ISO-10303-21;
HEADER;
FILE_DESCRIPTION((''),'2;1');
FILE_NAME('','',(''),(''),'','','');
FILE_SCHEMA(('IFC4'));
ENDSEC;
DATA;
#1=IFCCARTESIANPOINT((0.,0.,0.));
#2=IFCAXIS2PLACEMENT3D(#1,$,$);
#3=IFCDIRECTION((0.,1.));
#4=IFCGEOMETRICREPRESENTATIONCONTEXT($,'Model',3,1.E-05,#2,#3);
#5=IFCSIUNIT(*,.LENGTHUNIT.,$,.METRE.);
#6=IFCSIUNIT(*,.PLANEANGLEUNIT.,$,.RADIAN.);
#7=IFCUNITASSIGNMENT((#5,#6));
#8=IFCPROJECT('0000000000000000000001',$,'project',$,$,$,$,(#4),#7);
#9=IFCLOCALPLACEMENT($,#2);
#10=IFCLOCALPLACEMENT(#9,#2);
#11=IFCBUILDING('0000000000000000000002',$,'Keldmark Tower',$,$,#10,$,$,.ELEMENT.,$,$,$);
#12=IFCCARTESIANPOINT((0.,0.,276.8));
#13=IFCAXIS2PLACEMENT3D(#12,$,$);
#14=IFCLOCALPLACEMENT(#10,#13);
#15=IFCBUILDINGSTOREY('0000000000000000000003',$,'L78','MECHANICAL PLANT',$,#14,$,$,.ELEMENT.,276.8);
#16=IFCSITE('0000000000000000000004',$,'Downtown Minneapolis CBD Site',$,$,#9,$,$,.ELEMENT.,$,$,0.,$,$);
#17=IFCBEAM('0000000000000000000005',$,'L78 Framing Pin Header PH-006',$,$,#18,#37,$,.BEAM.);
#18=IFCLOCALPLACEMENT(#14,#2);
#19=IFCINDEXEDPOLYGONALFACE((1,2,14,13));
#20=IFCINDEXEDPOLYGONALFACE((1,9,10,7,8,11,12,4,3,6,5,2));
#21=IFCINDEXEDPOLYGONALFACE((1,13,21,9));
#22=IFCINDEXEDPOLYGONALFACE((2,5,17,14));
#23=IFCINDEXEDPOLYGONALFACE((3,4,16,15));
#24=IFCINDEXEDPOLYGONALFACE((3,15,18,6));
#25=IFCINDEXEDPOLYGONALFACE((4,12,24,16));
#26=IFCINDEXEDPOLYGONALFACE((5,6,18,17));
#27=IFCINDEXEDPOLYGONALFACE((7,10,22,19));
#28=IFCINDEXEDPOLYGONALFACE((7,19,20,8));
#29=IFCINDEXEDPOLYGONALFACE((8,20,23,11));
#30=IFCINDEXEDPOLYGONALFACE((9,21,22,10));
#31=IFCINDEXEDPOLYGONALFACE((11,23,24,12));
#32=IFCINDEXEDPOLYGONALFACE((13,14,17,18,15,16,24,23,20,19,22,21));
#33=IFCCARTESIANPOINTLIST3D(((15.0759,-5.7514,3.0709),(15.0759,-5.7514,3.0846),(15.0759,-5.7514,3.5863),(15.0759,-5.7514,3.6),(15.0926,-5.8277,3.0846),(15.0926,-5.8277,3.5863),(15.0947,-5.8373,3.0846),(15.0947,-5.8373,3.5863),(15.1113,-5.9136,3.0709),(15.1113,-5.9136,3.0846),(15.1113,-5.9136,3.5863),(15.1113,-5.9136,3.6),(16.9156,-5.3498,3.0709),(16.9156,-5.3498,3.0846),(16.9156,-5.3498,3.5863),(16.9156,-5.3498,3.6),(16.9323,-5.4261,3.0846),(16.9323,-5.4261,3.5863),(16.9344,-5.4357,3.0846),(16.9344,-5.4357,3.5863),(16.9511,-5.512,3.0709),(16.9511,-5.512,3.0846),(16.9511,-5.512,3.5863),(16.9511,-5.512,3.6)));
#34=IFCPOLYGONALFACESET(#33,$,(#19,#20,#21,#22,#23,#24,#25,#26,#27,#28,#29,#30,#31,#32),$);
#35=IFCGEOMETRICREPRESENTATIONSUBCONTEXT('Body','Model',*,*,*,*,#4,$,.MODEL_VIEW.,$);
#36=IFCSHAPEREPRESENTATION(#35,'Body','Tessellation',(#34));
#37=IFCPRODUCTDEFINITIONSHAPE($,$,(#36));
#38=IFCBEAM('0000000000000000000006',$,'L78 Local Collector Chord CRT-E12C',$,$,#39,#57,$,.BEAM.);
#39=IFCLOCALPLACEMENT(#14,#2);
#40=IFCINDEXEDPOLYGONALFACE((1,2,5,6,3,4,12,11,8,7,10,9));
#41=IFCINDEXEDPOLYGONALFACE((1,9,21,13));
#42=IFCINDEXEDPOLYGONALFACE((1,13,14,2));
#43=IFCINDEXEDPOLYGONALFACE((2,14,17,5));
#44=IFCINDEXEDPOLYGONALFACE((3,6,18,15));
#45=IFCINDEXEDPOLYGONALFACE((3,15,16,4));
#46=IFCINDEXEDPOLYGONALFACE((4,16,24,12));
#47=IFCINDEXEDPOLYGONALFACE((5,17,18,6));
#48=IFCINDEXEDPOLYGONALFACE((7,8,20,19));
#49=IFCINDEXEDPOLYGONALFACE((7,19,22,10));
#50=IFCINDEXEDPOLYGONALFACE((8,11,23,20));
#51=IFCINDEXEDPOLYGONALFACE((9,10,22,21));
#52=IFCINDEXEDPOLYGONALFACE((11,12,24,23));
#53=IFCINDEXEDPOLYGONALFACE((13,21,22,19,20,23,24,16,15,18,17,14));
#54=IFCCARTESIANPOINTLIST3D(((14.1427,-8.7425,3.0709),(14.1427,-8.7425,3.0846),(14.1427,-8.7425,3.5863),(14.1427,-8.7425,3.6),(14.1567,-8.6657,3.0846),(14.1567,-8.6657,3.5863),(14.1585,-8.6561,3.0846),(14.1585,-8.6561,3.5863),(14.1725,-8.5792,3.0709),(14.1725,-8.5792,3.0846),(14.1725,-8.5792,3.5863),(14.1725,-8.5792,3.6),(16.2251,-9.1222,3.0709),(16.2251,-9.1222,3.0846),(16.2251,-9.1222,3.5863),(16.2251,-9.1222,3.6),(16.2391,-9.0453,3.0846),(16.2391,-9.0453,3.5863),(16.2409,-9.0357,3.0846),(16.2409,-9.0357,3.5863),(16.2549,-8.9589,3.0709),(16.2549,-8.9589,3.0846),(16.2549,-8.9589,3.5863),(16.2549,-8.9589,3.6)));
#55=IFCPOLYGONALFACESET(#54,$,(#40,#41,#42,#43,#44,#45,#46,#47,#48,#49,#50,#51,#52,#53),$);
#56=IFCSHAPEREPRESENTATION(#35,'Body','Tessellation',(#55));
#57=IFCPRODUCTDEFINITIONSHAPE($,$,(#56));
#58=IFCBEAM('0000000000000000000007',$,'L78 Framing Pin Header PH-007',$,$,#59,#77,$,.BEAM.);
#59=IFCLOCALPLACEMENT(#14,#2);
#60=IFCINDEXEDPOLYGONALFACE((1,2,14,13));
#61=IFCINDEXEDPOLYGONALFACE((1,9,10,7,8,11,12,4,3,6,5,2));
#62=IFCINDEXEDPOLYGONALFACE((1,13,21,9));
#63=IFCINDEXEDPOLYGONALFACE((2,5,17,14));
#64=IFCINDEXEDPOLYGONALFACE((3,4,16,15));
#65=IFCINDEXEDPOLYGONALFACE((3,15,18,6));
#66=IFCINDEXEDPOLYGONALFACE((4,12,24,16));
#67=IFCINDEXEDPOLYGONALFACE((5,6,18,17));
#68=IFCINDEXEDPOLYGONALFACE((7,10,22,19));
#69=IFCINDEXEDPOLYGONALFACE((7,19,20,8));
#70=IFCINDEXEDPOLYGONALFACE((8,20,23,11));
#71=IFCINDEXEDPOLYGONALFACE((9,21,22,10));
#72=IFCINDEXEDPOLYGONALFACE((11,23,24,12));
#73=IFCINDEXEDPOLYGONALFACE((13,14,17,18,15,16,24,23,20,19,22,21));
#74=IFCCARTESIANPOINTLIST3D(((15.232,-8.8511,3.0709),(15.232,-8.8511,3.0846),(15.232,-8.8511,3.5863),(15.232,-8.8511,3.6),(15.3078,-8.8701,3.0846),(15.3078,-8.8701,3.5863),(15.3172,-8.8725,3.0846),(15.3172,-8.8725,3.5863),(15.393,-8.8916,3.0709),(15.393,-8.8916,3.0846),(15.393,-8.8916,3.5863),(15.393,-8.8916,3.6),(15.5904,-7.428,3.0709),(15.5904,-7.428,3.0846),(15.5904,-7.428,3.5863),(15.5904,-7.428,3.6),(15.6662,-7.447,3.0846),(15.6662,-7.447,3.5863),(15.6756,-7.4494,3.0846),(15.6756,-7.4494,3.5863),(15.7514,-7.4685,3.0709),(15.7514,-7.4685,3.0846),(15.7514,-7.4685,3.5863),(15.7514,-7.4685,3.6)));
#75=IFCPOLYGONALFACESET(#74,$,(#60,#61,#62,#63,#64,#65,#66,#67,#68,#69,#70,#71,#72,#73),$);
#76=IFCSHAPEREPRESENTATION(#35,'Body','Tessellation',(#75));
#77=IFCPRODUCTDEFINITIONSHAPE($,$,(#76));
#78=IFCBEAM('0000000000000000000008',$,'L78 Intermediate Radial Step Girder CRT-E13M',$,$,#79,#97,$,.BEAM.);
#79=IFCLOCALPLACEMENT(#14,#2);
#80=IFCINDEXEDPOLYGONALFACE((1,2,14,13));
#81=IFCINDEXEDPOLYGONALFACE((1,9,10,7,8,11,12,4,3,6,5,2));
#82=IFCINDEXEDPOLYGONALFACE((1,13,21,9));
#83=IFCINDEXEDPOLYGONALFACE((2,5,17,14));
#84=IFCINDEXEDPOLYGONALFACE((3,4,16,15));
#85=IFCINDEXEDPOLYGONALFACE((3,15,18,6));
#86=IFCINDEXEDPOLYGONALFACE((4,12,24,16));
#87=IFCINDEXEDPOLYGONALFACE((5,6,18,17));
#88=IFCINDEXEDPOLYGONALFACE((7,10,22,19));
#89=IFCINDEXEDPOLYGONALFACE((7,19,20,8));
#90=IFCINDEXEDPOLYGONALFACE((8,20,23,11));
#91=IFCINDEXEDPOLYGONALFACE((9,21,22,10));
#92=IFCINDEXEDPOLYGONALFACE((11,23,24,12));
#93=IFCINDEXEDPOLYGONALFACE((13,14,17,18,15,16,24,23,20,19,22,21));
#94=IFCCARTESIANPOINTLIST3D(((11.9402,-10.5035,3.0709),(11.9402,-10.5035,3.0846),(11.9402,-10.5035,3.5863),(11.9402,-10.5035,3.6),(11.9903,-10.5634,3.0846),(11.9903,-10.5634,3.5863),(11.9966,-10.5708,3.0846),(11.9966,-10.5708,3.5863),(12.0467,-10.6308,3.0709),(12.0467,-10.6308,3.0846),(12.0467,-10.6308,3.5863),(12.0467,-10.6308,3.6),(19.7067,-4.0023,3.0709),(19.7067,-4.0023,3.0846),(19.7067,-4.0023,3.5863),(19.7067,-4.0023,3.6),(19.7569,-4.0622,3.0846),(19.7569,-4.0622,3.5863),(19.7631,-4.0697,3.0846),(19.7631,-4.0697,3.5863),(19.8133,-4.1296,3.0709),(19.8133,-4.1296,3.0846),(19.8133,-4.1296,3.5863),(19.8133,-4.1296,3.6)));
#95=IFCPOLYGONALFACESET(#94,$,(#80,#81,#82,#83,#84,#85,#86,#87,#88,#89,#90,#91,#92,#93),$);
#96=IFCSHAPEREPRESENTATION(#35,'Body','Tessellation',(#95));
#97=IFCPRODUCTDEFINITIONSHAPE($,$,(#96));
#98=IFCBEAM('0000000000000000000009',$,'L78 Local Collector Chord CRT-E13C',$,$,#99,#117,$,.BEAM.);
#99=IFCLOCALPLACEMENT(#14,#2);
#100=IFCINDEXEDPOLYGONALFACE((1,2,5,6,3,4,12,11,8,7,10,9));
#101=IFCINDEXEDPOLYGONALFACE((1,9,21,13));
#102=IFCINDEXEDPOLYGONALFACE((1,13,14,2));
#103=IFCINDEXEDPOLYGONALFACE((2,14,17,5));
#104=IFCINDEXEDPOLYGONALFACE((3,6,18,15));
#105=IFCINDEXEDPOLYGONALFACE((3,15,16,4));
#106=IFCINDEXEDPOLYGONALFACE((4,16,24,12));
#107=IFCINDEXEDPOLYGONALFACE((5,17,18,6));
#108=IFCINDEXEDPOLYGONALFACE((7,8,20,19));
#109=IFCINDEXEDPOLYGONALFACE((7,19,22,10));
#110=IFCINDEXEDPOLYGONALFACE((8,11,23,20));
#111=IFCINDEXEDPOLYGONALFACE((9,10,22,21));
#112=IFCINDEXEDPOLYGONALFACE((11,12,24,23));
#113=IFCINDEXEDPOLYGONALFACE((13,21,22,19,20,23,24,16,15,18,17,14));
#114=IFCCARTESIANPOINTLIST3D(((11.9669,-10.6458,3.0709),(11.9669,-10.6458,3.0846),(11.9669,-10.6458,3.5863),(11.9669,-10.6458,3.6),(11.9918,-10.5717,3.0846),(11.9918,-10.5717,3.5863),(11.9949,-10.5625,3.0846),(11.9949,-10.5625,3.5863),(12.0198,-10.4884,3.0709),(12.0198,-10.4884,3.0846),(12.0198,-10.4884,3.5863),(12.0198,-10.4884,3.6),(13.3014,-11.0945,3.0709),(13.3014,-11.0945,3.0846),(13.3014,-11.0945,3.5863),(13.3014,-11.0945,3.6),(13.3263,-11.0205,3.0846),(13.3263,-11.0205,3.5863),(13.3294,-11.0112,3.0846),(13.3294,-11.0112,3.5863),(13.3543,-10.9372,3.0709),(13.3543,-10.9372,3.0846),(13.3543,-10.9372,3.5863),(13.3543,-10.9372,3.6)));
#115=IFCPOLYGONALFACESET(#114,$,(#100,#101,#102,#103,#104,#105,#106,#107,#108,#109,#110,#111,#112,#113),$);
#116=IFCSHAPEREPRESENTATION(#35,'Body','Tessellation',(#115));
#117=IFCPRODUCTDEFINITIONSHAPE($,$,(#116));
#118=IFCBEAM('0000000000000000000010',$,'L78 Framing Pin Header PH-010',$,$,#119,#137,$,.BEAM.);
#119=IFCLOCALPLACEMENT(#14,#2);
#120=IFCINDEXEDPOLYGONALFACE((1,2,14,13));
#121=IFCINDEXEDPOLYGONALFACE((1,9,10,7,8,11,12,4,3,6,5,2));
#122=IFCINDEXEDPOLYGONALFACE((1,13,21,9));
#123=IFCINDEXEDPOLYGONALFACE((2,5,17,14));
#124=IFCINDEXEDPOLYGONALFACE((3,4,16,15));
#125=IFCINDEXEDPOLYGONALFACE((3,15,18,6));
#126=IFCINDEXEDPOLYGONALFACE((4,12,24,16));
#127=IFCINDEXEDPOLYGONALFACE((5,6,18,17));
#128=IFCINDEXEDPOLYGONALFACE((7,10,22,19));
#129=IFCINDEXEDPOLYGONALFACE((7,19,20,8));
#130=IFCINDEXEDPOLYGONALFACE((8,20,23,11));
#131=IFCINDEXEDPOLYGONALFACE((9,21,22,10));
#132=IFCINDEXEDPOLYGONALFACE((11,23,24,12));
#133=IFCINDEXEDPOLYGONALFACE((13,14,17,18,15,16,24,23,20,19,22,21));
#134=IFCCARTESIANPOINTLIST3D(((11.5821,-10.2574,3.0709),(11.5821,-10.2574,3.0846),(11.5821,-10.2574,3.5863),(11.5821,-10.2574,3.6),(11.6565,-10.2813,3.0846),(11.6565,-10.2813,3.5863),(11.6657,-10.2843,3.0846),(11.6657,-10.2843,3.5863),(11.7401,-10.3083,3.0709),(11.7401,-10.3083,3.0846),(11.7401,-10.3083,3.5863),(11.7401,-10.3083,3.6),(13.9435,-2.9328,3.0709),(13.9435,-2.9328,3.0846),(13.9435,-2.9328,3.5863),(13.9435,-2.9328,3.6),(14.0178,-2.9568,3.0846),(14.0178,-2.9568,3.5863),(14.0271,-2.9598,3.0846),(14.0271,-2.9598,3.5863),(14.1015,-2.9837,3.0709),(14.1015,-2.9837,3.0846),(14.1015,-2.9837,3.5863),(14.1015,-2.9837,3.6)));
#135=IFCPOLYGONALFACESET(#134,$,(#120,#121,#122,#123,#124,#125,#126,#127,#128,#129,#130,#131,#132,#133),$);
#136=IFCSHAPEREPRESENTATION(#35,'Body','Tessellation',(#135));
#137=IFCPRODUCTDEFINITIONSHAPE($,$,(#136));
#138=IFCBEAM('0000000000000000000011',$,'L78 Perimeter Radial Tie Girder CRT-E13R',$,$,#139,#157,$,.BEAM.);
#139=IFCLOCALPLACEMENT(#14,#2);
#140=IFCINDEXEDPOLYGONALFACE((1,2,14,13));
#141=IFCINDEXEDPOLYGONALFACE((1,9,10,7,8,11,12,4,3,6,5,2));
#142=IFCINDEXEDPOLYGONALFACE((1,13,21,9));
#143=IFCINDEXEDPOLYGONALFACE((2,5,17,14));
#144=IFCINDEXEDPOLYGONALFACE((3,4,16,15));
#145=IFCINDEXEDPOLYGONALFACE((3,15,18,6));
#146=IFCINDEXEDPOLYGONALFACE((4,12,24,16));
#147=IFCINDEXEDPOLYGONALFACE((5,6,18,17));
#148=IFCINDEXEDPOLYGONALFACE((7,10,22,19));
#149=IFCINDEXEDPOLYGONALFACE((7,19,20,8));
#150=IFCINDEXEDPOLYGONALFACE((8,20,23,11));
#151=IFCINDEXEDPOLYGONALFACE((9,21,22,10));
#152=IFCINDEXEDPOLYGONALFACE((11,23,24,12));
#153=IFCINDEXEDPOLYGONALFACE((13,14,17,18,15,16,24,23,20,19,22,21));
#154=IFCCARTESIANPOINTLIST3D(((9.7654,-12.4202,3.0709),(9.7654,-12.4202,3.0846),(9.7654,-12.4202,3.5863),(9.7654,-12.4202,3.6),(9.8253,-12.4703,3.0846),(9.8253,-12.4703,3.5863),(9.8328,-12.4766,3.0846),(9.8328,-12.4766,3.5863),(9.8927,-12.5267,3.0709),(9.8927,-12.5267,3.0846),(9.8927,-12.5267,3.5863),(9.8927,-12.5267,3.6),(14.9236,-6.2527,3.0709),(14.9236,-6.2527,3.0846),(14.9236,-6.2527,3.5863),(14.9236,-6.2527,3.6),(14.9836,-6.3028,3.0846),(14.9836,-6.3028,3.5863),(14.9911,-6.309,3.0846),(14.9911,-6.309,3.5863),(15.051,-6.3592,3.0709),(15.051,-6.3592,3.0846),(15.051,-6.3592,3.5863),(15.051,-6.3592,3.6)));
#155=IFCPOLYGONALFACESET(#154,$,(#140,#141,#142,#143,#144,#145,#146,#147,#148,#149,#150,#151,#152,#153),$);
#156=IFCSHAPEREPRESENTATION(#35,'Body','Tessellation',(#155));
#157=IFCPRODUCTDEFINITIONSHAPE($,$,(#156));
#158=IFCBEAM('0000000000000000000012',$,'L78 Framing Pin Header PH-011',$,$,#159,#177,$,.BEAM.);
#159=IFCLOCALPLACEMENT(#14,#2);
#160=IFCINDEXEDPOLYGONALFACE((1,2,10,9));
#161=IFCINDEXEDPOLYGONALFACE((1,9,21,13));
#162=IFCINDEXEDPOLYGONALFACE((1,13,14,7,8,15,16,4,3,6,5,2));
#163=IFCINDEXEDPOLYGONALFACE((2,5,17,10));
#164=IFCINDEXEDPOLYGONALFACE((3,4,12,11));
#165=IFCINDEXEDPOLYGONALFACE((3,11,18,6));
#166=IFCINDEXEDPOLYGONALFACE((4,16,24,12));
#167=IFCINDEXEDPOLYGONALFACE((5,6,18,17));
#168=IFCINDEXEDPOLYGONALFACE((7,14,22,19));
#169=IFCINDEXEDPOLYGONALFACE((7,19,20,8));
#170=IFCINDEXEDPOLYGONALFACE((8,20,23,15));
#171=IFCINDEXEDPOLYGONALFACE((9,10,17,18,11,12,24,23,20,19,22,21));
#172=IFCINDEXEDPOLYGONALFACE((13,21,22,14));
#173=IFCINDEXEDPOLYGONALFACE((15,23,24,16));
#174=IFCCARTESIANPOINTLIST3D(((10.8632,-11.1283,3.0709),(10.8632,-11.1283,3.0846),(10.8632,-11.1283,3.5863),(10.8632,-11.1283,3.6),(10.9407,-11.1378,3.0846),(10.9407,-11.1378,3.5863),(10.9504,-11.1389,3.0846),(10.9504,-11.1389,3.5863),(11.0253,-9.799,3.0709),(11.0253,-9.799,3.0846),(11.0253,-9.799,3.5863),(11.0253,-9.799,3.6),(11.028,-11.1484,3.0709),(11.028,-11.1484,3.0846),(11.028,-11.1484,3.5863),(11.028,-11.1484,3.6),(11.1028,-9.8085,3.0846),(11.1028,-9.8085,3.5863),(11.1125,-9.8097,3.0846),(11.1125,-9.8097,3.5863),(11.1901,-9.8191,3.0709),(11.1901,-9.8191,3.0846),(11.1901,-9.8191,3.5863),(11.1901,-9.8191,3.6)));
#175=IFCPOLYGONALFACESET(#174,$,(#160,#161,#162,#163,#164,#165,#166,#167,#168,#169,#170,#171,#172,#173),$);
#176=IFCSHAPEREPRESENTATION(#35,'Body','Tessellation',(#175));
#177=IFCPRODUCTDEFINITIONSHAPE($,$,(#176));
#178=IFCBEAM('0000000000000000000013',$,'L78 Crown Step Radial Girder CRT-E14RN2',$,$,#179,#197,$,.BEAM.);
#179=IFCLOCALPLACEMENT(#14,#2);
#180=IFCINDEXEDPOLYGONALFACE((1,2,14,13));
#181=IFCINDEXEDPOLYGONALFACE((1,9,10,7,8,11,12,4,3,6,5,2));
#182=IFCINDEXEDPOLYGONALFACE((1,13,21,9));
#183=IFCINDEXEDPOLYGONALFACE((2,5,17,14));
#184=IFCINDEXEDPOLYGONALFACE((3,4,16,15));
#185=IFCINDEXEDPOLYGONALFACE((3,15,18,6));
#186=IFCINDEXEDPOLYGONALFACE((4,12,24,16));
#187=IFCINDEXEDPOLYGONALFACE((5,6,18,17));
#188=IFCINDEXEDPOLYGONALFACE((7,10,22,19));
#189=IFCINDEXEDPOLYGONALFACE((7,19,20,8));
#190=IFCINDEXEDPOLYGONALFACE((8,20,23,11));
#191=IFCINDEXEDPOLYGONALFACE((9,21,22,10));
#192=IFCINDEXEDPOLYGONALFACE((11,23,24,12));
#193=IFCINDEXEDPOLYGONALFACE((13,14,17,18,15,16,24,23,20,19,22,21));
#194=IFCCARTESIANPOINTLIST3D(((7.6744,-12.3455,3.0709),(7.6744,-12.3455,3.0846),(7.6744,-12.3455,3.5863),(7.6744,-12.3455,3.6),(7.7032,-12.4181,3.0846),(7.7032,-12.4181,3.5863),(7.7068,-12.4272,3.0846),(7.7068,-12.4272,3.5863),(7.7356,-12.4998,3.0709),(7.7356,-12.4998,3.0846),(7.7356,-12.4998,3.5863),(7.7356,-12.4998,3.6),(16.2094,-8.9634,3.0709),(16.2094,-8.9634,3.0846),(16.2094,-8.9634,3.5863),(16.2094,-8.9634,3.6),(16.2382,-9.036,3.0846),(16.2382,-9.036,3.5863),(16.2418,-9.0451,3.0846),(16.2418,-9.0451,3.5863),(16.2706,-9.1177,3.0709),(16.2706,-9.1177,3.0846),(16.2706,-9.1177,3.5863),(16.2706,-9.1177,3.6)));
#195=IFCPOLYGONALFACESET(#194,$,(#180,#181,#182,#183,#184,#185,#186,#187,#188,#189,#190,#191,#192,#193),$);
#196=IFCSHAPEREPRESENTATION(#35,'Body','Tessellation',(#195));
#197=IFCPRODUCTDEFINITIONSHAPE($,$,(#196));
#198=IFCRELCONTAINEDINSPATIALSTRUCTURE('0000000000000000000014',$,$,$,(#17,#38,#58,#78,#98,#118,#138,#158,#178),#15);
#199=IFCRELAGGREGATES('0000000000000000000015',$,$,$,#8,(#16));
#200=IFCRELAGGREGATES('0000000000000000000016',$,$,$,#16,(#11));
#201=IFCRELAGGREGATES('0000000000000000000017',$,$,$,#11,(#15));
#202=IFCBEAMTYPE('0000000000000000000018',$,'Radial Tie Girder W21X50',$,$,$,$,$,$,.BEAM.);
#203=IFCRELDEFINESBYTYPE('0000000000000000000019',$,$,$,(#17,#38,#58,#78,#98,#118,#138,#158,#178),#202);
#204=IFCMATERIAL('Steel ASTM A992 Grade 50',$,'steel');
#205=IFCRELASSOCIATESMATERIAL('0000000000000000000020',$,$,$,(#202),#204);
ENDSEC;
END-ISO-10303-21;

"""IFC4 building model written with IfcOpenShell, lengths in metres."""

from ifc_helpers import new_model, si_unit, direction, frame, origin, origin_2d, place, context, subcontext, project, spatial, i_section, extrude, material, material_profile, profile_set, type_object, element, save


model = new_model("IFC4")

# Units and contexts
model_context = context("Model", 3, precision=1e-05, world=origin(), true_north=direction((0.0, 1.0)))
body_context = subcontext(model_context, "Body", "Model", "MODEL_VIEW")
ifc_project = project(units=[si_unit("LENGTHUNIT", "METRE"), si_unit("PLANEANGLEUNIT", "RADIAN")], contexts=[model_context])

# Site, building, storey
site_placement = place(None, origin())
site = spatial("IfcSite", under=ifc_project, at=site_placement, Name="Downtown Minneapolis CBD Site", CompositionType="ELEMENT", RefElevation=0.0)
building_placement = place(site_placement, origin())
building = spatial("IfcBuilding", under=site, at=building_placement, Name="Keldmark Tower", CompositionType="ELEMENT")
storey_placement = place(building_placement, frame((0.0, 0.0, 276.8)))
storey = spatial("IfcBuildingStorey", under=building, at=storey_placement, Name="L78", Description="MECHANICAL PLANT", CompositionType="ELEMENT", Elevation=276.8)

# Beams
ifc_material_1 = material(Name="Steel ASTM A992 Grade 50", Category="steel")
ifc_material_profile_1 = material_profile(ifc_material_1, i_section(OverallWidth=0.166, OverallDepth=0.5291, WebThickness=0.0098, FlangeThickness=0.0137, at=origin_2d()), Name="W21X50")
ifc_profile_set_1 = profile_set([ifc_material_profile_1], Name="Steel ASTM A992 Grade 50")
beam_type_1 = type_object("IfcBeamType", Name="Radial Tie Girder W21X50", PredefinedType="BEAM", material=ifc_profile_set_1)
beam_1_placement = place(storey_placement, frame((16.9333, -5.4309, 3.3354), z_axis=(-0.976995, -0.213264, 0.0), x_axis=(0.213264, -0.976995, 0.0)))
element("IfcBeam", 1, at=beam_1_placement, inside=storey, type_object=beam_type_1, Name="L78 Framing Pin Header PH-006", PredefinedType="BEAM", context=body_context, shape_type="SweptSolid", body=[
    extrude(i_section(OverallWidth=0.166, OverallDepth=0.5291, WebThickness=0.0098, FlangeThickness=0.0137, at=origin_2d()), origin(), (0.0, 0.0, 1.0), 1.8831),
])
beam_2_placement = place(storey_placement, frame((16.24, -9.0405, 3.3354), z_axis=(-0.983783, 0.179362, 0.0), x_axis=(-0.179362, -0.983783, 0.0)))
element("IfcBeam", 2, at=beam_2_placement, inside=storey, type_object=beam_type_1, Name="L78 Local Collector Chord CRT-E12C", PredefinedType="BEAM", context=body_context, shape_type="SweptSolid", body=[
    extrude(i_section(OverallWidth=0.166, OverallDepth=0.5291, WebThickness=0.0098, FlangeThickness=0.0137, at=origin_2d()), origin(), (0.0, 0.0, 1.0), 2.1167),
])
beam_3_placement = place(storey_placement, frame((15.6709, -7.4482, 3.3354), z_axis=(-0.244218, -0.96972, 0.0), x_axis=(0.96972, -0.244218, 0.0)))
element("IfcBeam", 3, at=beam_3_placement, inside=storey, type_object=beam_type_1, Name="L78 Framing Pin Header PH-007", PredefinedType="BEAM", context=body_context, shape_type="SweptSolid", body=[
    extrude(i_section(OverallWidth=0.166, OverallDepth=0.5291, WebThickness=0.0098, FlangeThickness=0.0137, at=origin_2d()), origin(), (0.0, 0.0, 1.0), 1.4675),
])
beam_4_placement = place(storey_placement, frame((19.76, -4.0659, 3.3354), z_axis=(-0.766809, -0.641876, 0.0), x_axis=(0.641876, -0.766809, 0.0)))
element("IfcBeam", 4, at=beam_4_placement, inside=storey, type_object=beam_type_1, Name="L78 Intermediate Radial Step Girder CRT-E13M", PredefinedType="BEAM", context=body_context, shape_type="SweptSolid", body=[
    extrude(i_section(OverallWidth=0.166, OverallDepth=0.5291, WebThickness=0.0098, FlangeThickness=0.0137, at=origin_2d()), origin(), (0.0, 0.0, 1.0), 10.1284),
])
beam_5_placement = place(storey_placement, frame((13.3279, -11.0159, 3.3354), z_axis=(-0.947848, 0.318724, 0.0), x_axis=(-0.318724, -0.947848, 0.0)))
element("IfcBeam", 5, at=beam_5_placement, inside=storey, type_object=beam_type_1, Name="L78 Local Collector Chord CRT-E13C", PredefinedType="BEAM", context=body_context, shape_type="SweptSolid", body=[
    extrude(i_section(OverallWidth=0.166, OverallDepth=0.5291, WebThickness=0.0098, FlangeThickness=0.0137, at=origin_2d()), origin(), (0.0, 0.0, 1.0), 1.408),
])
beam_6_placement = place(storey_placement, frame((14.0225, -2.9583, 3.3354), z_axis=(-0.306838, -0.951762, 0.0), x_axis=(0.951762, -0.306838, 0.0)))
element("IfcBeam", 6, at=beam_6_placement, inside=storey, type_object=beam_type_1, Name="L78 Framing Pin Header PH-010", PredefinedType="BEAM", context=body_context, shape_type="SweptSolid", body=[
    extrude(i_section(OverallWidth=0.166, OverallDepth=0.5291, WebThickness=0.0098, FlangeThickness=0.0137, at=origin_2d()), origin(), (0.0, 0.0, 1.0), 7.6958),
])
beam_7_placement = place(storey_placement, frame((14.9873, -6.3059, 3.3354), z_axis=(-0.641551, -0.76708, 0.0), x_axis=(0.76708, -0.641551, 0.0)))
element("IfcBeam", 7, at=beam_7_placement, inside=storey, type_object=beam_type_1, Name="L78 Perimeter Radial Tie Girder CRT-E13R", PredefinedType="BEAM", context=body_context, shape_type="SweptSolid", body=[
    extrude(i_section(OverallWidth=0.166, OverallDepth=0.5291, WebThickness=0.0098, FlangeThickness=0.0137, at=origin_2d()), origin(), (0.0, 0.0, 1.0), 8.0403),
])
beam_8_placement = place(storey_placement, frame((11.1077, -9.8091, 3.3354), z_axis=(-0.12105, -0.992646, 0.0), x_axis=(0.992646, -0.12105, 0.0)))
element("IfcBeam", 8, at=beam_8_placement, inside=storey, type_object=beam_type_1, Name="L78 Framing Pin Header PH-011", PredefinedType="BEAM", context=body_context, shape_type="SweptSolid", body=[
    extrude(i_section(OverallWidth=0.166, OverallDepth=0.5291, WebThickness=0.0098, FlangeThickness=0.0137, at=origin_2d()), origin(), (0.0, 0.0, 1.0), 1.3391),
])
beam_9_placement = place(storey_placement, frame((16.24, -9.0405, 3.3354), z_axis=(-0.929669, -0.368395, 0.0), x_axis=(0.368395, -0.929669, 0.0)))
element("IfcBeam", 9, at=beam_9_placement, inside=storey, type_object=beam_type_1, Name="L78 Crown Step Radial Girder CRT-E14RN2", PredefinedType="BEAM", context=body_context, shape_type="SweptSolid", body=[
    extrude(i_section(OverallWidth=0.166, OverallDepth=0.5291, WebThickness=0.0098, FlangeThickness=0.0137, at=origin_2d()), origin(), (0.0, 0.0, 1.0), 9.1807),
])

save(model, "model.ifc")
